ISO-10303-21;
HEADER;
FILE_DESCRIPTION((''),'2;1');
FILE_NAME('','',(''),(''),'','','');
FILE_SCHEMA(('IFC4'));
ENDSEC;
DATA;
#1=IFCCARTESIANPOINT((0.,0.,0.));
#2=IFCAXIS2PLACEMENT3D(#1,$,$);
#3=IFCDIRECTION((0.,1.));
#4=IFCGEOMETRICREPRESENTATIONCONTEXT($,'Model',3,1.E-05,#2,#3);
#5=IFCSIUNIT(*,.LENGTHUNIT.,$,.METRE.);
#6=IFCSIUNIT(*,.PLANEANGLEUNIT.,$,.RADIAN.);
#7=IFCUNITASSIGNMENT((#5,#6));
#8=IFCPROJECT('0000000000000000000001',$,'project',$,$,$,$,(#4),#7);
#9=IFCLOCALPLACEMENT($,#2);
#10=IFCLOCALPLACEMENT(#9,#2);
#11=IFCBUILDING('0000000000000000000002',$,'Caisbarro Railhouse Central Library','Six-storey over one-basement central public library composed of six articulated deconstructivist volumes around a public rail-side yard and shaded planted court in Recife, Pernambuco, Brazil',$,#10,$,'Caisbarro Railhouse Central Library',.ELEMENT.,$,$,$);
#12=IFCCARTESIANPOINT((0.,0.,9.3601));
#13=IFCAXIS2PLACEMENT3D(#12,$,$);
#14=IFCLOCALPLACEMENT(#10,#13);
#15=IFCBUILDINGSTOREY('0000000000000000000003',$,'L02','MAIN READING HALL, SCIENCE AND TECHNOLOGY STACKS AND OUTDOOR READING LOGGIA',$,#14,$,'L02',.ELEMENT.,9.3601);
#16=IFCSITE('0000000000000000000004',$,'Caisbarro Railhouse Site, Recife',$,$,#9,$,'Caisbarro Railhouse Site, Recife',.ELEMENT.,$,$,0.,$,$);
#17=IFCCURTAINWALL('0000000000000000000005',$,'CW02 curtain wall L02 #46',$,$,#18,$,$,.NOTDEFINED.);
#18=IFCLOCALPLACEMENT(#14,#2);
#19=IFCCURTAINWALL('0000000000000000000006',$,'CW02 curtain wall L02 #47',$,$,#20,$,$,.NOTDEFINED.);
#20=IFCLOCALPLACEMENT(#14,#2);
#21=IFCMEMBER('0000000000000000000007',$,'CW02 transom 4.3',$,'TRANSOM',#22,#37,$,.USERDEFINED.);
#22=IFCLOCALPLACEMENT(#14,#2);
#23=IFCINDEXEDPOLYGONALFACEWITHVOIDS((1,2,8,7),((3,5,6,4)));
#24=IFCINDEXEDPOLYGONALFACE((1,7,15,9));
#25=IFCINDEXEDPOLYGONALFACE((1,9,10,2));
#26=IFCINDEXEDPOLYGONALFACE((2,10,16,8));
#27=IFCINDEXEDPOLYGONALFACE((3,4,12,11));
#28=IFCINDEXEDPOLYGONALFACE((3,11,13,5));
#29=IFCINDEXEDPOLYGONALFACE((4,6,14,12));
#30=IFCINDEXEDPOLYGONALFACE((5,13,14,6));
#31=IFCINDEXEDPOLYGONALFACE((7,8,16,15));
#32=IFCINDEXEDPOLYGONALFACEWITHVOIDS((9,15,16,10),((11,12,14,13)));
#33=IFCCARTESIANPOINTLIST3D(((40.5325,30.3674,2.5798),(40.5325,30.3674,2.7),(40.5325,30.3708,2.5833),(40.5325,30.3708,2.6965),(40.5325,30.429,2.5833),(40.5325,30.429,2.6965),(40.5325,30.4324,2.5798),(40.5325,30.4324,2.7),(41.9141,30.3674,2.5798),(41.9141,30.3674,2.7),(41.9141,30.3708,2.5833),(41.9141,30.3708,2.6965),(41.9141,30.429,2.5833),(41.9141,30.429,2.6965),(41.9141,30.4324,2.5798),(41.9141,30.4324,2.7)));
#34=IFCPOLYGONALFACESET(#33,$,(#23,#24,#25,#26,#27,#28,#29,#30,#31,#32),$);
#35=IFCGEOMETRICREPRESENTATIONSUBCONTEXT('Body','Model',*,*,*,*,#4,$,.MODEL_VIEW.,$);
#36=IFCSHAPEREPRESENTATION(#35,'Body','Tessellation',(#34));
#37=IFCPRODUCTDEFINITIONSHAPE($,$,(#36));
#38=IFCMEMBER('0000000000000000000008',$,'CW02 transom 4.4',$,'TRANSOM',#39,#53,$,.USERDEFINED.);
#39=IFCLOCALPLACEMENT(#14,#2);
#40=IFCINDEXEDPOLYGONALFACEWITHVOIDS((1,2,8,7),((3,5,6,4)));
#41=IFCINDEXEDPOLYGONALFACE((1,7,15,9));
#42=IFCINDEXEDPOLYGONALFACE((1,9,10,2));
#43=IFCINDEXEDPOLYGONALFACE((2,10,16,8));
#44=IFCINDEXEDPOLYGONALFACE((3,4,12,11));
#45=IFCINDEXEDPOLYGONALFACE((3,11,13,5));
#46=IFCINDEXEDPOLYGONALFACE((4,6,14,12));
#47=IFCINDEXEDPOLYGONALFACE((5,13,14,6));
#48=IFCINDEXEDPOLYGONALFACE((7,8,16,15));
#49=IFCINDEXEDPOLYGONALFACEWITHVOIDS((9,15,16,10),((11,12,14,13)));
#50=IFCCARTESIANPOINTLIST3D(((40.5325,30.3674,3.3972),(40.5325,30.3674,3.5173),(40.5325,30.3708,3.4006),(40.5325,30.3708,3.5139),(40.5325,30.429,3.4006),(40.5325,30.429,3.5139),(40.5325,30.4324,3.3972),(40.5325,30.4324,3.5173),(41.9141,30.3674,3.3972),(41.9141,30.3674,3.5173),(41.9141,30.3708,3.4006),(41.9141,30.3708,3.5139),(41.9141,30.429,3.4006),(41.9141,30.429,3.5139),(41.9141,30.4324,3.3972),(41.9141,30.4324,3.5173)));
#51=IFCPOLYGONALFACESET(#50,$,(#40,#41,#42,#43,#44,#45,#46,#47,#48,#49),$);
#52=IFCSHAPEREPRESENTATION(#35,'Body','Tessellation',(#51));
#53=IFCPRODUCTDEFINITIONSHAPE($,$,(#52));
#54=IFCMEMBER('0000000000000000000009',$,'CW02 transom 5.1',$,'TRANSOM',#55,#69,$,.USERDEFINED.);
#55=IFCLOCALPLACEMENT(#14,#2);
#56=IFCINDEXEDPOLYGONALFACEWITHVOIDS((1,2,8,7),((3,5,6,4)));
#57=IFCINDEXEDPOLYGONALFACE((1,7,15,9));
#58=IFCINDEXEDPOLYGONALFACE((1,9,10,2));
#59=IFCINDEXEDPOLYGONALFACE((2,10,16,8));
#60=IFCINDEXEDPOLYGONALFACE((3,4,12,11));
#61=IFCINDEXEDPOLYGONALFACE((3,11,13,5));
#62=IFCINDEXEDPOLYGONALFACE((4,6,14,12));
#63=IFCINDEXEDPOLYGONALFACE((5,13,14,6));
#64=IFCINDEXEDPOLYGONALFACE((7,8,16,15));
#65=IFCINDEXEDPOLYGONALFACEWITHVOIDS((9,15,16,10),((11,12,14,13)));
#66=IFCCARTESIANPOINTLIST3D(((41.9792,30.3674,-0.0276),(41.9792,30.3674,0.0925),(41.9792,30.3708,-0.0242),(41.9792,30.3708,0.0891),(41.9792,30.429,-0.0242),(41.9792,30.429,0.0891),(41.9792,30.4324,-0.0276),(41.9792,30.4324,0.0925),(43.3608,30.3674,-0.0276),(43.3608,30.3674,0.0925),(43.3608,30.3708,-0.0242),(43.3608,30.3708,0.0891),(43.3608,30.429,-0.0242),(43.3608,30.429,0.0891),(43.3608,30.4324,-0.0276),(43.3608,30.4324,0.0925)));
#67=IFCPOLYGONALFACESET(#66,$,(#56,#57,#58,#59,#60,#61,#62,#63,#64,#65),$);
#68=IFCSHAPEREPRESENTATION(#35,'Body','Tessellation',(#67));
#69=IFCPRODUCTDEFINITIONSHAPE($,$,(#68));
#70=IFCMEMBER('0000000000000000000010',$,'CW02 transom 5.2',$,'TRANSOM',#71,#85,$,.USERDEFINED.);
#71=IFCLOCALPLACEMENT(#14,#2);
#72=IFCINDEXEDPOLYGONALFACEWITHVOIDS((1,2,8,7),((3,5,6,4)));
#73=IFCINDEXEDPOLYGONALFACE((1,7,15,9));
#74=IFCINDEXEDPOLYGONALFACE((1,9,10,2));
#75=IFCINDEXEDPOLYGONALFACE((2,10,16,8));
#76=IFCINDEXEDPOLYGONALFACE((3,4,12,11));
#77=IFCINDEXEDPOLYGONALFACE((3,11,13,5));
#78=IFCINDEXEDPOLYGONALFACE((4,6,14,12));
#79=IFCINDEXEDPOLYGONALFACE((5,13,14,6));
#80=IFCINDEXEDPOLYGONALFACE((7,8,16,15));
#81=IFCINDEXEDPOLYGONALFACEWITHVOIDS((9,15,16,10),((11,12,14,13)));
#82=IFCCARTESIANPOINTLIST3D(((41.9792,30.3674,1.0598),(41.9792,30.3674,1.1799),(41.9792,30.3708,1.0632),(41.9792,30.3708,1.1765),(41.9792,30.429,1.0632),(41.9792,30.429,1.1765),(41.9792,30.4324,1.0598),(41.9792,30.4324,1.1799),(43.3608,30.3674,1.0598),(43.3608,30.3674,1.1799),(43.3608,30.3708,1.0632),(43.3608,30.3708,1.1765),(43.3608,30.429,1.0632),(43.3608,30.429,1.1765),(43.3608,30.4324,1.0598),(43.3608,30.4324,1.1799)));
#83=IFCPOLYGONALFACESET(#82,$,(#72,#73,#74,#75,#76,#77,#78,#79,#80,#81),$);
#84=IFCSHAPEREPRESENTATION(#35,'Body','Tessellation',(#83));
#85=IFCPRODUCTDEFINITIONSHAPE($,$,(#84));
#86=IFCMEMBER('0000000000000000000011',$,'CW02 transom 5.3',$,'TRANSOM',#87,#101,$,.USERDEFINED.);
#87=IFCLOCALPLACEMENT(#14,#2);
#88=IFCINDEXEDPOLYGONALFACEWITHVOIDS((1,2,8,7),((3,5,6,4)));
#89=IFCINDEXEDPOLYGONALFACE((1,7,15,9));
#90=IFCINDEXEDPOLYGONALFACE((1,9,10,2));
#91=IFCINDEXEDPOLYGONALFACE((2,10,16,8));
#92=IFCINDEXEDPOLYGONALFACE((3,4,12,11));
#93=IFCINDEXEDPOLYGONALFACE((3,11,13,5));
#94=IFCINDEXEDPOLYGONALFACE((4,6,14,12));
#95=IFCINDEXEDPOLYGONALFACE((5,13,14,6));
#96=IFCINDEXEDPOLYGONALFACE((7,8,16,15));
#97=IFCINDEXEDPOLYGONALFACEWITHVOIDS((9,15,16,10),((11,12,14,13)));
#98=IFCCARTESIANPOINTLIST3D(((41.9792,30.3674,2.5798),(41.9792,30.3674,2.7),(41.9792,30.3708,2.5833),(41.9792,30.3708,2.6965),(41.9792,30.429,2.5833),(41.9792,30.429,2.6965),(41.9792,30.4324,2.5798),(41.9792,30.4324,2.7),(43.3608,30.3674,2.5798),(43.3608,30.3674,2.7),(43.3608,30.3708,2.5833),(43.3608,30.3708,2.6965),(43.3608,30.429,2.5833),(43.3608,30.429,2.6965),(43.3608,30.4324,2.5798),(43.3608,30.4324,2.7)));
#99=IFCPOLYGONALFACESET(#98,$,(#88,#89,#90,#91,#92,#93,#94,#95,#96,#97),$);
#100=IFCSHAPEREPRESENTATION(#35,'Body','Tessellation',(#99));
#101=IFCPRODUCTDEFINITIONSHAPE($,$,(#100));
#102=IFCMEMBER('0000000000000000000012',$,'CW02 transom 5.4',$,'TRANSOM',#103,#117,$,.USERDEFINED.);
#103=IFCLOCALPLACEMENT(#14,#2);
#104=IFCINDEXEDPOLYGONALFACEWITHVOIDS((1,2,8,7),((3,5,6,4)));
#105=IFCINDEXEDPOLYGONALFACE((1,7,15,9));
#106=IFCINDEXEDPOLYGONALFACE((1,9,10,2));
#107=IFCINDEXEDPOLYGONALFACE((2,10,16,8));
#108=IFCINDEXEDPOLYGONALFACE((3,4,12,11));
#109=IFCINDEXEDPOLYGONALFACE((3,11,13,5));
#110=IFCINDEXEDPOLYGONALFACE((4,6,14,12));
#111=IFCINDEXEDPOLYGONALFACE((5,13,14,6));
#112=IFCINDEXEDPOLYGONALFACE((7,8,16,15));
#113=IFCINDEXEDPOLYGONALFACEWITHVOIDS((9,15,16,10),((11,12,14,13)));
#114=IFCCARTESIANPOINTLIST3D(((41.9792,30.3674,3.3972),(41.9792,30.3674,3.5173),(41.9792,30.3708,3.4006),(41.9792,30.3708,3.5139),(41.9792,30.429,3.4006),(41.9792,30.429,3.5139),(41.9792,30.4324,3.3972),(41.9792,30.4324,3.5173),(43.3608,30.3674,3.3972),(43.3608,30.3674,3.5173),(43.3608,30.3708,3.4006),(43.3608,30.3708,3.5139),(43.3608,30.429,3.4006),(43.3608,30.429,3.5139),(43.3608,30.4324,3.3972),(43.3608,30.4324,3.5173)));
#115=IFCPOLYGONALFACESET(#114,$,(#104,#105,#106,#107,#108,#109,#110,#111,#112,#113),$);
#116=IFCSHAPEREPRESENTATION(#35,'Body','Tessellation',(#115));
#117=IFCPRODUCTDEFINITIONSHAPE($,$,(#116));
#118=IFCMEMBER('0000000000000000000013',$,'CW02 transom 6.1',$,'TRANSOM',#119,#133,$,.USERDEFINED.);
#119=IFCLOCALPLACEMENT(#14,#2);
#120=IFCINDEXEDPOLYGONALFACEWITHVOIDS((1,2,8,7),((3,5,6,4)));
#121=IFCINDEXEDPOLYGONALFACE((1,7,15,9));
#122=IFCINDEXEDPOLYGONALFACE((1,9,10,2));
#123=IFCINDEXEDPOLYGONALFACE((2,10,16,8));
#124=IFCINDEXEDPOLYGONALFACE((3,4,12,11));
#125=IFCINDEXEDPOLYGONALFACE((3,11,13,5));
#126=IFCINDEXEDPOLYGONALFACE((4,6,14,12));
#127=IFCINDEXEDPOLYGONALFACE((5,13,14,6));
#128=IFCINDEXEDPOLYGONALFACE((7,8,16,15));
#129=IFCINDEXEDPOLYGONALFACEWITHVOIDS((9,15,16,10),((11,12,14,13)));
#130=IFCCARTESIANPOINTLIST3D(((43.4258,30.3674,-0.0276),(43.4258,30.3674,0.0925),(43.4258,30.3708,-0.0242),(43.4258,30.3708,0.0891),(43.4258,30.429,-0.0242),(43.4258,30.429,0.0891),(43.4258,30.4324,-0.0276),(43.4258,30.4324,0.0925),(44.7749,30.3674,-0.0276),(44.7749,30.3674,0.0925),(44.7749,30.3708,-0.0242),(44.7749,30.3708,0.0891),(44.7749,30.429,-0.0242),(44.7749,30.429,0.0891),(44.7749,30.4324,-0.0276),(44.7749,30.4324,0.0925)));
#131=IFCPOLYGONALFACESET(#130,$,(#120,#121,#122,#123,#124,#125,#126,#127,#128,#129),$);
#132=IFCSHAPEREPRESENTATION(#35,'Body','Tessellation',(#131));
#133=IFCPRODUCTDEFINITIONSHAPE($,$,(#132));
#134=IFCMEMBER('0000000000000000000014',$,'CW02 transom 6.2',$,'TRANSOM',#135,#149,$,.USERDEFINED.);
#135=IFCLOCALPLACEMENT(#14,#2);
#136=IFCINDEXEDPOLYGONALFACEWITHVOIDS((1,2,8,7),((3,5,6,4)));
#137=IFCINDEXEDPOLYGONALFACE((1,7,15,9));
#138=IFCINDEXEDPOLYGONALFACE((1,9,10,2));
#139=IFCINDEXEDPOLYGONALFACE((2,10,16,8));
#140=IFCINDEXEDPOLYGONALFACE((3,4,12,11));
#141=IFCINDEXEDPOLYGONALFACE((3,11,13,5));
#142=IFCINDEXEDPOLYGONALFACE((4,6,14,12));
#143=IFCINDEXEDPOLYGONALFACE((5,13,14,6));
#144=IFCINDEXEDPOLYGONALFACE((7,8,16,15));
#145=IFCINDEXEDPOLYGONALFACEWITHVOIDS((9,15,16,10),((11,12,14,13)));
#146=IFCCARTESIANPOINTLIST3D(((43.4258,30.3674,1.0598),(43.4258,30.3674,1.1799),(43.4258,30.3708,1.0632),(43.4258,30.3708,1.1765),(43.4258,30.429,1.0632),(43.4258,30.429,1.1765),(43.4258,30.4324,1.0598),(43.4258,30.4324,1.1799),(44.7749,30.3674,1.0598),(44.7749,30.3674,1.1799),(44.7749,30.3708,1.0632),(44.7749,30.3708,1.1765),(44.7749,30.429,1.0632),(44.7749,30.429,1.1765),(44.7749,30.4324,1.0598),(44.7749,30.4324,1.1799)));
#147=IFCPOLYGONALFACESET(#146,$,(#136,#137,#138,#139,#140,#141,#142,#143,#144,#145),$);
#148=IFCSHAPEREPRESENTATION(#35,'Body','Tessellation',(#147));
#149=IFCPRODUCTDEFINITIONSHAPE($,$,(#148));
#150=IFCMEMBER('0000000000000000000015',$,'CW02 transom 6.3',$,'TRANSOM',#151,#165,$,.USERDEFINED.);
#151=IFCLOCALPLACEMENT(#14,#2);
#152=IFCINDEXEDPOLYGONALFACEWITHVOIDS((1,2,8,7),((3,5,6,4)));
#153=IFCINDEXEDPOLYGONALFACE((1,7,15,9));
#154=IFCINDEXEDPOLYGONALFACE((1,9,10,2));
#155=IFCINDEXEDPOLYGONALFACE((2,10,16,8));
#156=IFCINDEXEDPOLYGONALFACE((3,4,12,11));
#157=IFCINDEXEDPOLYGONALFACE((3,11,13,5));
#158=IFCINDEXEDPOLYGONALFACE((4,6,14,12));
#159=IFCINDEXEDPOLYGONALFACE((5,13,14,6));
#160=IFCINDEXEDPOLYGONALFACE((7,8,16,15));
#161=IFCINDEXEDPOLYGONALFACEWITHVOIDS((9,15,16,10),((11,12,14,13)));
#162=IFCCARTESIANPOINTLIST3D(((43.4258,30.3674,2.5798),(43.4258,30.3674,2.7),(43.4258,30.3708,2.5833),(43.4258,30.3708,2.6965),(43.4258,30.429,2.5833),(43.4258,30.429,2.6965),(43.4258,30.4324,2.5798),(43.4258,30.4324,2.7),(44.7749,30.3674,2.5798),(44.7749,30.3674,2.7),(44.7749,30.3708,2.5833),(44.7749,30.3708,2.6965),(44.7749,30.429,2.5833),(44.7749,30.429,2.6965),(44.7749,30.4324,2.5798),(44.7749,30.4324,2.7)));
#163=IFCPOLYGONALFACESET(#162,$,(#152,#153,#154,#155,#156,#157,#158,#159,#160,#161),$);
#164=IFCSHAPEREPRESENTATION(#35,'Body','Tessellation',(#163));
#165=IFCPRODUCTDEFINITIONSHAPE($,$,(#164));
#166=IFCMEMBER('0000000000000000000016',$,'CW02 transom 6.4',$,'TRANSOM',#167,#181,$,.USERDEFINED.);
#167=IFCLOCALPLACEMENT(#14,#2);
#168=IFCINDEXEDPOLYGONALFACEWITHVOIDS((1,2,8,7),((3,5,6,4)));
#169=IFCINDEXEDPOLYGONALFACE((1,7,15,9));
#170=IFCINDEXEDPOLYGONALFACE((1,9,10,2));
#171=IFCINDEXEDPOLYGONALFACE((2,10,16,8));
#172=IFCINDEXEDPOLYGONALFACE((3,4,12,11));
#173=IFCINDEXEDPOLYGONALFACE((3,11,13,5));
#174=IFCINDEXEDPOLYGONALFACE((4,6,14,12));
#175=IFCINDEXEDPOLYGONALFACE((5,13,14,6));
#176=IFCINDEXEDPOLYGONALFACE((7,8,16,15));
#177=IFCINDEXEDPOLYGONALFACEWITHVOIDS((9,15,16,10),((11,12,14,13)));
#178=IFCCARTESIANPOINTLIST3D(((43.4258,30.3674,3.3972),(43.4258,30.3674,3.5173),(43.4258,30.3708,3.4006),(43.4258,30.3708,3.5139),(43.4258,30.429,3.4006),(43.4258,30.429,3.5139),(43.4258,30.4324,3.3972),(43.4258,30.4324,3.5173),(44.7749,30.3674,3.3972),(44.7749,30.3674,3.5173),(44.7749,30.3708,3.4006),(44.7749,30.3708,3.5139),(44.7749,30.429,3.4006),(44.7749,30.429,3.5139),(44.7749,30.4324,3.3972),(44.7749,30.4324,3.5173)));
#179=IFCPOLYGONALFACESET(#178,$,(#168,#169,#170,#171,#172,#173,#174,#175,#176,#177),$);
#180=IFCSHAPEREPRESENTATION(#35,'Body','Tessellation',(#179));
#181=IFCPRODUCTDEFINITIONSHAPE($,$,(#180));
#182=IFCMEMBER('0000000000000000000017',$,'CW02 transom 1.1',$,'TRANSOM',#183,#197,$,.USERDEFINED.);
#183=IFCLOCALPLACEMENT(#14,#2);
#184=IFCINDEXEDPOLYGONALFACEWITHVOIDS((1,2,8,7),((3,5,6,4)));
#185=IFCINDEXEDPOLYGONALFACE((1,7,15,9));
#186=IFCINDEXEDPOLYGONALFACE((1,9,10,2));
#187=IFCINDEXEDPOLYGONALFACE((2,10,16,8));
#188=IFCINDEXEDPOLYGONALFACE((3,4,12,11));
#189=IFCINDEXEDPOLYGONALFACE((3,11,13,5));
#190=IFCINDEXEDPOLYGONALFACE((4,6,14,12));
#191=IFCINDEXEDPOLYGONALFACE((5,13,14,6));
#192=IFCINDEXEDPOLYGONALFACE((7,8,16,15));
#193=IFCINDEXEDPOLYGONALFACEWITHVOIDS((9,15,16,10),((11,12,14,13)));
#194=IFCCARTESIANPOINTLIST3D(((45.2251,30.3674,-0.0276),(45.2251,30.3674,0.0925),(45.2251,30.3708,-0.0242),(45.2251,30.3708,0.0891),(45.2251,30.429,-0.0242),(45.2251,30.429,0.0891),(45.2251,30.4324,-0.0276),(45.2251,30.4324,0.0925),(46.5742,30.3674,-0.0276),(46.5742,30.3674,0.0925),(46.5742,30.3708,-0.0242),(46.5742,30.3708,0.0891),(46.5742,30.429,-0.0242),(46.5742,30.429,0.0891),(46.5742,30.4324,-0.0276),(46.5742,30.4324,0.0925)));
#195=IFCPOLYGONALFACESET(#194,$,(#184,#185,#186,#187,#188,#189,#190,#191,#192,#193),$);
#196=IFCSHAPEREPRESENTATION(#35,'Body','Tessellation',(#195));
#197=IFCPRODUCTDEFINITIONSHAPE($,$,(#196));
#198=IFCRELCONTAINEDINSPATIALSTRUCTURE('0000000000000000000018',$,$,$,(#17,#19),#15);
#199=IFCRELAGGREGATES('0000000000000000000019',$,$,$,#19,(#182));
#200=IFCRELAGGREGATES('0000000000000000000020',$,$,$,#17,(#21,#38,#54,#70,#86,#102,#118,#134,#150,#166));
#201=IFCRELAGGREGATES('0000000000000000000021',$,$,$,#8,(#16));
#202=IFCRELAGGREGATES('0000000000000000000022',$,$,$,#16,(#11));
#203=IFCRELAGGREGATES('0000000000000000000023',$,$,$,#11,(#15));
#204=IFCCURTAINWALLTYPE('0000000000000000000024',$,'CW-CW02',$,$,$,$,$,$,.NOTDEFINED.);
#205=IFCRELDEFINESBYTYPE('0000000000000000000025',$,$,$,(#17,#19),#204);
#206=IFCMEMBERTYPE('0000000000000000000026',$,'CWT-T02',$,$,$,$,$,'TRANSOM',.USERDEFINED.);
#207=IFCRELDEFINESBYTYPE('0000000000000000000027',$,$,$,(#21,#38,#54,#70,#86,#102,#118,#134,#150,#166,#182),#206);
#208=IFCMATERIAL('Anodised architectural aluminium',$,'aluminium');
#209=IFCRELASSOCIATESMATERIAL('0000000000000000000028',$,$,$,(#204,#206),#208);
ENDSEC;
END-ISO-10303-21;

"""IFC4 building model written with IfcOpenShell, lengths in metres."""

from ifc_helpers import new_model, si_unit, direction, frame, origin, origin_2d, place, context, subcontext, project, spatial, hollow_rectangle, extrude, material, material_profile, profile_set, type_object, element, aggregate, save


model = new_model("IFC4")

# Units and contexts
model_context = context("Model", 3, precision=1e-05, world=origin(), true_north=direction((0.0, 1.0)))
body_context = subcontext(model_context, "Body", "Model", "MODEL_VIEW")
ifc_project = project(units=[si_unit("LENGTHUNIT", "METRE"), si_unit("PLANEANGLEUNIT", "RADIAN")], contexts=[model_context])

# Site, building, storey
site_placement = place(None, origin())
site = spatial("IfcSite", under=ifc_project, at=site_placement, Name="Caisbarro Railhouse Site, Recife", LongName="Caisbarro Railhouse Site, Recife", CompositionType="ELEMENT", RefElevation=0.0)
building_placement = place(site_placement, origin())
building = spatial("IfcBuilding", under=site, at=building_placement, Name="Caisbarro Railhouse Central Library", Description="Six-storey over one-basement central public library composed of six articulated deconstructivist volumes around a public rail-side yard and shaded planted court in Recife, Pernambuco, Brazil", LongName="Caisbarro Railhouse Central Library", CompositionType="ELEMENT")
storey_placement = place(building_placement, frame((0.0, 0.0, 9.3601)))
storey = spatial("IfcBuildingStorey", under=building, at=storey_placement, Name="L02", Description="MAIN READING HALL, SCIENCE AND TECHNOLOGY STACKS AND OUTDOOR READING LOGGIA", LongName="L02", CompositionType="ELEMENT", Elevation=9.3601)

# Curtain wall
ifc_material_1 = material(Name="Anodised architectural aluminium", Category="aluminium")
curtain_wall_type = type_object("IfcCurtainWallType", Name="CW-CW02", PredefinedType="NOTDEFINED", material=ifc_material_1)
curtain_wall_1_placement = place(storey_placement, origin())
curtain_wall_1 = element("IfcCurtainWall", 1, at=curtain_wall_1_placement, inside=storey, type_object=curtain_wall_type, Name="CW02 curtain wall L02 #46", PredefinedType="NOTDEFINED")

# Curtain wall
curtain_wall_2_placement = place(storey_placement, origin())
curtain_wall_2 = element("IfcCurtainWall", 2, at=curtain_wall_2_placement, inside=storey, type_object=curtain_wall_type, Name="CW02 curtain wall L02 #47", PredefinedType="NOTDEFINED")

# Members
ifc_material_profile_1 = material_profile(ifc_material_1, hollow_rectangle(XDim=0.0649, YDim=0.1201, WallThickness=0.0034, at=origin_2d()), Name="ALU-TRN-65X120")
ifc_profile_set_1 = profile_set([ifc_material_profile_1], Name="Anodised architectural aluminium")
member_type_1 = type_object("IfcMemberType", Name="CWT-T02", ElementType="TRANSOM", PredefinedType="USERDEFINED", material=ifc_profile_set_1)
member_1_placement = place(storey_placement, frame((40.5325, 30.3999, 2.6399), z_axis=(1.0, 0.0, 0.0), x_axis=(0.0, 1.0, 0.0)))
member_1 = element("IfcMember", 3, at=member_1_placement, type_object=member_type_1, Name="CW02 transom 4.3", ObjectType="TRANSOM", PredefinedType="USERDEFINED", context=body_context, shape_type="SweptSolid", body=[
    extrude(hollow_rectangle(XDim=0.0649, YDim=0.1201, WallThickness=0.0034, at=origin_2d()), origin(), (0.0, 0.0, 1.0), 1.3816),
])
member_2_placement = place(storey_placement, frame((40.5325, 30.3999, 3.4573), z_axis=(1.0, 0.0, 0.0), x_axis=(0.0, 1.0, 0.0)))
member_2 = element("IfcMember", 4, at=member_2_placement, type_object=member_type_1, Name="CW02 transom 4.4", ObjectType="TRANSOM", PredefinedType="USERDEFINED", context=body_context, shape_type="SweptSolid", body=[
    extrude(hollow_rectangle(XDim=0.0649, YDim=0.1201, WallThickness=0.0034, at=origin_2d()), origin(), (0.0, 0.0, 1.0), 1.3816),
])
member_3_placement = place(storey_placement, frame((41.9792, 30.3999, 0.0325), z_axis=(1.0, 0.0, 0.0), x_axis=(0.0, 1.0, 0.0)))
member_3 = element("IfcMember", 5, at=member_3_placement, type_object=member_type_1, Name="CW02 transom 5.1", ObjectType="TRANSOM", PredefinedType="USERDEFINED", context=body_context, shape_type="SweptSolid", body=[
    extrude(hollow_rectangle(XDim=0.0649, YDim=0.1201, WallThickness=0.0034, at=origin_2d()), origin(), (0.0, 0.0, 1.0), 1.3816),
])
member_4_placement = place(storey_placement, frame((41.9792, 30.3999, 1.1199), z_axis=(1.0, 0.0, 0.0), x_axis=(0.0, 1.0, 0.0)))
member_4 = element("IfcMember", 6, at=member_4_placement, type_object=member_type_1, Name="CW02 transom 5.2", ObjectType="TRANSOM", PredefinedType="USERDEFINED", context=body_context, shape_type="SweptSolid", body=[
    extrude(hollow_rectangle(XDim=0.0649, YDim=0.1201, WallThickness=0.0034, at=origin_2d()), origin(), (0.0, 0.0, 1.0), 1.3816),
])
member_5_placement = place(storey_placement, frame((41.9792, 30.3999, 2.6399), z_axis=(1.0, 0.0, 0.0), x_axis=(0.0, 1.0, 0.0)))
member_5 = element("IfcMember", 7, at=member_5_placement, type_object=member_type_1, Name="CW02 transom 5.3", ObjectType="TRANSOM", PredefinedType="USERDEFINED", context=body_context, shape_type="SweptSolid", body=[
    extrude(hollow_rectangle(XDim=0.0649, YDim=0.1201, WallThickness=0.0034, at=origin_2d()), origin(), (0.0, 0.0, 1.0), 1.3816),
])
member_6_placement = place(storey_placement, frame((41.9792, 30.3999, 3.4573), z_axis=(1.0, 0.0, 0.0), x_axis=(0.0, 1.0, 0.0)))
member_6 = element("IfcMember", 8, at=member_6_placement, type_object=member_type_1, Name="CW02 transom 5.4", ObjectType="TRANSOM", PredefinedType="USERDEFINED", context=body_context, shape_type="SweptSolid", body=[
    extrude(hollow_rectangle(XDim=0.0649, YDim=0.1201, WallThickness=0.0034, at=origin_2d()), origin(), (0.0, 0.0, 1.0), 1.3816),
])
member_7_placement = place(storey_placement, frame((43.4258, 30.3999, 0.0325), z_axis=(1.0, 0.0, 0.0), x_axis=(0.0, 1.0, 0.0)))
member_7 = element("IfcMember", 9, at=member_7_placement, type_object=member_type_1, Name="CW02 transom 6.1", ObjectType="TRANSOM", PredefinedType="USERDEFINED", context=body_context, shape_type="SweptSolid", body=[
    extrude(hollow_rectangle(XDim=0.0649, YDim=0.1201, WallThickness=0.0034, at=origin_2d()), origin(), (0.0, 0.0, 1.0), 1.3491),
])
member_8_placement = place(storey_placement, frame((43.4258, 30.3999, 1.1199), z_axis=(1.0, 0.0, 0.0), x_axis=(0.0, 1.0, 0.0)))
member_8 = element("IfcMember", 10, at=member_8_placement, type_object=member_type_1, Name="CW02 transom 6.2", ObjectType="TRANSOM", PredefinedType="USERDEFINED", context=body_context, shape_type="SweptSolid", body=[
    extrude(hollow_rectangle(XDim=0.0649, YDim=0.1201, WallThickness=0.0034, at=origin_2d()), origin(), (0.0, 0.0, 1.0), 1.3491),
])
member_9_placement = place(storey_placement, frame((43.4258, 30.3999, 2.6399), z_axis=(1.0, 0.0, 0.0), x_axis=(0.0, 1.0, 0.0)))
member_9 = element("IfcMember", 11, at=member_9_placement, type_object=member_type_1, Name="CW02 transom 6.3", ObjectType="TRANSOM", PredefinedType="USERDEFINED", context=body_context, shape_type="SweptSolid", body=[
    extrude(hollow_rectangle(XDim=0.0649, YDim=0.1201, WallThickness=0.0034, at=origin_2d()), origin(), (0.0, 0.0, 1.0), 1.3491),
])
member_10_placement = place(storey_placement, frame((43.4258, 30.3999, 3.4573), z_axis=(1.0, 0.0, 0.0), x_axis=(0.0, 1.0, 0.0)))
member_10 = element("IfcMember", 12, at=member_10_placement, type_object=member_type_1, Name="CW02 transom 6.4", ObjectType="TRANSOM", PredefinedType="USERDEFINED", context=body_context, shape_type="SweptSolid", body=[
    extrude(hollow_rectangle(XDim=0.0649, YDim=0.1201, WallThickness=0.0034, at=origin_2d()), origin(), (0.0, 0.0, 1.0), 1.3491),
])
member_11_placement = place(storey_placement, frame((45.2251, 30.3999, 0.0325), z_axis=(1.0, 0.0, 0.0), x_axis=(0.0, 1.0, 0.0)))
member_11 = element("IfcMember", 13, at=member_11_placement, type_object=member_type_1, Name="CW02 transom 1.1", ObjectType="TRANSOM", PredefinedType="USERDEFINED", context=body_context, shape_type="SweptSolid", body=[
    extrude(hollow_rectangle(XDim=0.0649, YDim=0.1201, WallThickness=0.0034, at=origin_2d()), origin(), (0.0, 0.0, 1.0), 1.3491),
])
aggregate(curtain_wall_2, [member_11])

aggregate(curtain_wall_1, [member_1, member_2, member_3, member_4, member_5, member_6, member_7, member_8, member_9, member_10])

save(model, "model.ifc")
